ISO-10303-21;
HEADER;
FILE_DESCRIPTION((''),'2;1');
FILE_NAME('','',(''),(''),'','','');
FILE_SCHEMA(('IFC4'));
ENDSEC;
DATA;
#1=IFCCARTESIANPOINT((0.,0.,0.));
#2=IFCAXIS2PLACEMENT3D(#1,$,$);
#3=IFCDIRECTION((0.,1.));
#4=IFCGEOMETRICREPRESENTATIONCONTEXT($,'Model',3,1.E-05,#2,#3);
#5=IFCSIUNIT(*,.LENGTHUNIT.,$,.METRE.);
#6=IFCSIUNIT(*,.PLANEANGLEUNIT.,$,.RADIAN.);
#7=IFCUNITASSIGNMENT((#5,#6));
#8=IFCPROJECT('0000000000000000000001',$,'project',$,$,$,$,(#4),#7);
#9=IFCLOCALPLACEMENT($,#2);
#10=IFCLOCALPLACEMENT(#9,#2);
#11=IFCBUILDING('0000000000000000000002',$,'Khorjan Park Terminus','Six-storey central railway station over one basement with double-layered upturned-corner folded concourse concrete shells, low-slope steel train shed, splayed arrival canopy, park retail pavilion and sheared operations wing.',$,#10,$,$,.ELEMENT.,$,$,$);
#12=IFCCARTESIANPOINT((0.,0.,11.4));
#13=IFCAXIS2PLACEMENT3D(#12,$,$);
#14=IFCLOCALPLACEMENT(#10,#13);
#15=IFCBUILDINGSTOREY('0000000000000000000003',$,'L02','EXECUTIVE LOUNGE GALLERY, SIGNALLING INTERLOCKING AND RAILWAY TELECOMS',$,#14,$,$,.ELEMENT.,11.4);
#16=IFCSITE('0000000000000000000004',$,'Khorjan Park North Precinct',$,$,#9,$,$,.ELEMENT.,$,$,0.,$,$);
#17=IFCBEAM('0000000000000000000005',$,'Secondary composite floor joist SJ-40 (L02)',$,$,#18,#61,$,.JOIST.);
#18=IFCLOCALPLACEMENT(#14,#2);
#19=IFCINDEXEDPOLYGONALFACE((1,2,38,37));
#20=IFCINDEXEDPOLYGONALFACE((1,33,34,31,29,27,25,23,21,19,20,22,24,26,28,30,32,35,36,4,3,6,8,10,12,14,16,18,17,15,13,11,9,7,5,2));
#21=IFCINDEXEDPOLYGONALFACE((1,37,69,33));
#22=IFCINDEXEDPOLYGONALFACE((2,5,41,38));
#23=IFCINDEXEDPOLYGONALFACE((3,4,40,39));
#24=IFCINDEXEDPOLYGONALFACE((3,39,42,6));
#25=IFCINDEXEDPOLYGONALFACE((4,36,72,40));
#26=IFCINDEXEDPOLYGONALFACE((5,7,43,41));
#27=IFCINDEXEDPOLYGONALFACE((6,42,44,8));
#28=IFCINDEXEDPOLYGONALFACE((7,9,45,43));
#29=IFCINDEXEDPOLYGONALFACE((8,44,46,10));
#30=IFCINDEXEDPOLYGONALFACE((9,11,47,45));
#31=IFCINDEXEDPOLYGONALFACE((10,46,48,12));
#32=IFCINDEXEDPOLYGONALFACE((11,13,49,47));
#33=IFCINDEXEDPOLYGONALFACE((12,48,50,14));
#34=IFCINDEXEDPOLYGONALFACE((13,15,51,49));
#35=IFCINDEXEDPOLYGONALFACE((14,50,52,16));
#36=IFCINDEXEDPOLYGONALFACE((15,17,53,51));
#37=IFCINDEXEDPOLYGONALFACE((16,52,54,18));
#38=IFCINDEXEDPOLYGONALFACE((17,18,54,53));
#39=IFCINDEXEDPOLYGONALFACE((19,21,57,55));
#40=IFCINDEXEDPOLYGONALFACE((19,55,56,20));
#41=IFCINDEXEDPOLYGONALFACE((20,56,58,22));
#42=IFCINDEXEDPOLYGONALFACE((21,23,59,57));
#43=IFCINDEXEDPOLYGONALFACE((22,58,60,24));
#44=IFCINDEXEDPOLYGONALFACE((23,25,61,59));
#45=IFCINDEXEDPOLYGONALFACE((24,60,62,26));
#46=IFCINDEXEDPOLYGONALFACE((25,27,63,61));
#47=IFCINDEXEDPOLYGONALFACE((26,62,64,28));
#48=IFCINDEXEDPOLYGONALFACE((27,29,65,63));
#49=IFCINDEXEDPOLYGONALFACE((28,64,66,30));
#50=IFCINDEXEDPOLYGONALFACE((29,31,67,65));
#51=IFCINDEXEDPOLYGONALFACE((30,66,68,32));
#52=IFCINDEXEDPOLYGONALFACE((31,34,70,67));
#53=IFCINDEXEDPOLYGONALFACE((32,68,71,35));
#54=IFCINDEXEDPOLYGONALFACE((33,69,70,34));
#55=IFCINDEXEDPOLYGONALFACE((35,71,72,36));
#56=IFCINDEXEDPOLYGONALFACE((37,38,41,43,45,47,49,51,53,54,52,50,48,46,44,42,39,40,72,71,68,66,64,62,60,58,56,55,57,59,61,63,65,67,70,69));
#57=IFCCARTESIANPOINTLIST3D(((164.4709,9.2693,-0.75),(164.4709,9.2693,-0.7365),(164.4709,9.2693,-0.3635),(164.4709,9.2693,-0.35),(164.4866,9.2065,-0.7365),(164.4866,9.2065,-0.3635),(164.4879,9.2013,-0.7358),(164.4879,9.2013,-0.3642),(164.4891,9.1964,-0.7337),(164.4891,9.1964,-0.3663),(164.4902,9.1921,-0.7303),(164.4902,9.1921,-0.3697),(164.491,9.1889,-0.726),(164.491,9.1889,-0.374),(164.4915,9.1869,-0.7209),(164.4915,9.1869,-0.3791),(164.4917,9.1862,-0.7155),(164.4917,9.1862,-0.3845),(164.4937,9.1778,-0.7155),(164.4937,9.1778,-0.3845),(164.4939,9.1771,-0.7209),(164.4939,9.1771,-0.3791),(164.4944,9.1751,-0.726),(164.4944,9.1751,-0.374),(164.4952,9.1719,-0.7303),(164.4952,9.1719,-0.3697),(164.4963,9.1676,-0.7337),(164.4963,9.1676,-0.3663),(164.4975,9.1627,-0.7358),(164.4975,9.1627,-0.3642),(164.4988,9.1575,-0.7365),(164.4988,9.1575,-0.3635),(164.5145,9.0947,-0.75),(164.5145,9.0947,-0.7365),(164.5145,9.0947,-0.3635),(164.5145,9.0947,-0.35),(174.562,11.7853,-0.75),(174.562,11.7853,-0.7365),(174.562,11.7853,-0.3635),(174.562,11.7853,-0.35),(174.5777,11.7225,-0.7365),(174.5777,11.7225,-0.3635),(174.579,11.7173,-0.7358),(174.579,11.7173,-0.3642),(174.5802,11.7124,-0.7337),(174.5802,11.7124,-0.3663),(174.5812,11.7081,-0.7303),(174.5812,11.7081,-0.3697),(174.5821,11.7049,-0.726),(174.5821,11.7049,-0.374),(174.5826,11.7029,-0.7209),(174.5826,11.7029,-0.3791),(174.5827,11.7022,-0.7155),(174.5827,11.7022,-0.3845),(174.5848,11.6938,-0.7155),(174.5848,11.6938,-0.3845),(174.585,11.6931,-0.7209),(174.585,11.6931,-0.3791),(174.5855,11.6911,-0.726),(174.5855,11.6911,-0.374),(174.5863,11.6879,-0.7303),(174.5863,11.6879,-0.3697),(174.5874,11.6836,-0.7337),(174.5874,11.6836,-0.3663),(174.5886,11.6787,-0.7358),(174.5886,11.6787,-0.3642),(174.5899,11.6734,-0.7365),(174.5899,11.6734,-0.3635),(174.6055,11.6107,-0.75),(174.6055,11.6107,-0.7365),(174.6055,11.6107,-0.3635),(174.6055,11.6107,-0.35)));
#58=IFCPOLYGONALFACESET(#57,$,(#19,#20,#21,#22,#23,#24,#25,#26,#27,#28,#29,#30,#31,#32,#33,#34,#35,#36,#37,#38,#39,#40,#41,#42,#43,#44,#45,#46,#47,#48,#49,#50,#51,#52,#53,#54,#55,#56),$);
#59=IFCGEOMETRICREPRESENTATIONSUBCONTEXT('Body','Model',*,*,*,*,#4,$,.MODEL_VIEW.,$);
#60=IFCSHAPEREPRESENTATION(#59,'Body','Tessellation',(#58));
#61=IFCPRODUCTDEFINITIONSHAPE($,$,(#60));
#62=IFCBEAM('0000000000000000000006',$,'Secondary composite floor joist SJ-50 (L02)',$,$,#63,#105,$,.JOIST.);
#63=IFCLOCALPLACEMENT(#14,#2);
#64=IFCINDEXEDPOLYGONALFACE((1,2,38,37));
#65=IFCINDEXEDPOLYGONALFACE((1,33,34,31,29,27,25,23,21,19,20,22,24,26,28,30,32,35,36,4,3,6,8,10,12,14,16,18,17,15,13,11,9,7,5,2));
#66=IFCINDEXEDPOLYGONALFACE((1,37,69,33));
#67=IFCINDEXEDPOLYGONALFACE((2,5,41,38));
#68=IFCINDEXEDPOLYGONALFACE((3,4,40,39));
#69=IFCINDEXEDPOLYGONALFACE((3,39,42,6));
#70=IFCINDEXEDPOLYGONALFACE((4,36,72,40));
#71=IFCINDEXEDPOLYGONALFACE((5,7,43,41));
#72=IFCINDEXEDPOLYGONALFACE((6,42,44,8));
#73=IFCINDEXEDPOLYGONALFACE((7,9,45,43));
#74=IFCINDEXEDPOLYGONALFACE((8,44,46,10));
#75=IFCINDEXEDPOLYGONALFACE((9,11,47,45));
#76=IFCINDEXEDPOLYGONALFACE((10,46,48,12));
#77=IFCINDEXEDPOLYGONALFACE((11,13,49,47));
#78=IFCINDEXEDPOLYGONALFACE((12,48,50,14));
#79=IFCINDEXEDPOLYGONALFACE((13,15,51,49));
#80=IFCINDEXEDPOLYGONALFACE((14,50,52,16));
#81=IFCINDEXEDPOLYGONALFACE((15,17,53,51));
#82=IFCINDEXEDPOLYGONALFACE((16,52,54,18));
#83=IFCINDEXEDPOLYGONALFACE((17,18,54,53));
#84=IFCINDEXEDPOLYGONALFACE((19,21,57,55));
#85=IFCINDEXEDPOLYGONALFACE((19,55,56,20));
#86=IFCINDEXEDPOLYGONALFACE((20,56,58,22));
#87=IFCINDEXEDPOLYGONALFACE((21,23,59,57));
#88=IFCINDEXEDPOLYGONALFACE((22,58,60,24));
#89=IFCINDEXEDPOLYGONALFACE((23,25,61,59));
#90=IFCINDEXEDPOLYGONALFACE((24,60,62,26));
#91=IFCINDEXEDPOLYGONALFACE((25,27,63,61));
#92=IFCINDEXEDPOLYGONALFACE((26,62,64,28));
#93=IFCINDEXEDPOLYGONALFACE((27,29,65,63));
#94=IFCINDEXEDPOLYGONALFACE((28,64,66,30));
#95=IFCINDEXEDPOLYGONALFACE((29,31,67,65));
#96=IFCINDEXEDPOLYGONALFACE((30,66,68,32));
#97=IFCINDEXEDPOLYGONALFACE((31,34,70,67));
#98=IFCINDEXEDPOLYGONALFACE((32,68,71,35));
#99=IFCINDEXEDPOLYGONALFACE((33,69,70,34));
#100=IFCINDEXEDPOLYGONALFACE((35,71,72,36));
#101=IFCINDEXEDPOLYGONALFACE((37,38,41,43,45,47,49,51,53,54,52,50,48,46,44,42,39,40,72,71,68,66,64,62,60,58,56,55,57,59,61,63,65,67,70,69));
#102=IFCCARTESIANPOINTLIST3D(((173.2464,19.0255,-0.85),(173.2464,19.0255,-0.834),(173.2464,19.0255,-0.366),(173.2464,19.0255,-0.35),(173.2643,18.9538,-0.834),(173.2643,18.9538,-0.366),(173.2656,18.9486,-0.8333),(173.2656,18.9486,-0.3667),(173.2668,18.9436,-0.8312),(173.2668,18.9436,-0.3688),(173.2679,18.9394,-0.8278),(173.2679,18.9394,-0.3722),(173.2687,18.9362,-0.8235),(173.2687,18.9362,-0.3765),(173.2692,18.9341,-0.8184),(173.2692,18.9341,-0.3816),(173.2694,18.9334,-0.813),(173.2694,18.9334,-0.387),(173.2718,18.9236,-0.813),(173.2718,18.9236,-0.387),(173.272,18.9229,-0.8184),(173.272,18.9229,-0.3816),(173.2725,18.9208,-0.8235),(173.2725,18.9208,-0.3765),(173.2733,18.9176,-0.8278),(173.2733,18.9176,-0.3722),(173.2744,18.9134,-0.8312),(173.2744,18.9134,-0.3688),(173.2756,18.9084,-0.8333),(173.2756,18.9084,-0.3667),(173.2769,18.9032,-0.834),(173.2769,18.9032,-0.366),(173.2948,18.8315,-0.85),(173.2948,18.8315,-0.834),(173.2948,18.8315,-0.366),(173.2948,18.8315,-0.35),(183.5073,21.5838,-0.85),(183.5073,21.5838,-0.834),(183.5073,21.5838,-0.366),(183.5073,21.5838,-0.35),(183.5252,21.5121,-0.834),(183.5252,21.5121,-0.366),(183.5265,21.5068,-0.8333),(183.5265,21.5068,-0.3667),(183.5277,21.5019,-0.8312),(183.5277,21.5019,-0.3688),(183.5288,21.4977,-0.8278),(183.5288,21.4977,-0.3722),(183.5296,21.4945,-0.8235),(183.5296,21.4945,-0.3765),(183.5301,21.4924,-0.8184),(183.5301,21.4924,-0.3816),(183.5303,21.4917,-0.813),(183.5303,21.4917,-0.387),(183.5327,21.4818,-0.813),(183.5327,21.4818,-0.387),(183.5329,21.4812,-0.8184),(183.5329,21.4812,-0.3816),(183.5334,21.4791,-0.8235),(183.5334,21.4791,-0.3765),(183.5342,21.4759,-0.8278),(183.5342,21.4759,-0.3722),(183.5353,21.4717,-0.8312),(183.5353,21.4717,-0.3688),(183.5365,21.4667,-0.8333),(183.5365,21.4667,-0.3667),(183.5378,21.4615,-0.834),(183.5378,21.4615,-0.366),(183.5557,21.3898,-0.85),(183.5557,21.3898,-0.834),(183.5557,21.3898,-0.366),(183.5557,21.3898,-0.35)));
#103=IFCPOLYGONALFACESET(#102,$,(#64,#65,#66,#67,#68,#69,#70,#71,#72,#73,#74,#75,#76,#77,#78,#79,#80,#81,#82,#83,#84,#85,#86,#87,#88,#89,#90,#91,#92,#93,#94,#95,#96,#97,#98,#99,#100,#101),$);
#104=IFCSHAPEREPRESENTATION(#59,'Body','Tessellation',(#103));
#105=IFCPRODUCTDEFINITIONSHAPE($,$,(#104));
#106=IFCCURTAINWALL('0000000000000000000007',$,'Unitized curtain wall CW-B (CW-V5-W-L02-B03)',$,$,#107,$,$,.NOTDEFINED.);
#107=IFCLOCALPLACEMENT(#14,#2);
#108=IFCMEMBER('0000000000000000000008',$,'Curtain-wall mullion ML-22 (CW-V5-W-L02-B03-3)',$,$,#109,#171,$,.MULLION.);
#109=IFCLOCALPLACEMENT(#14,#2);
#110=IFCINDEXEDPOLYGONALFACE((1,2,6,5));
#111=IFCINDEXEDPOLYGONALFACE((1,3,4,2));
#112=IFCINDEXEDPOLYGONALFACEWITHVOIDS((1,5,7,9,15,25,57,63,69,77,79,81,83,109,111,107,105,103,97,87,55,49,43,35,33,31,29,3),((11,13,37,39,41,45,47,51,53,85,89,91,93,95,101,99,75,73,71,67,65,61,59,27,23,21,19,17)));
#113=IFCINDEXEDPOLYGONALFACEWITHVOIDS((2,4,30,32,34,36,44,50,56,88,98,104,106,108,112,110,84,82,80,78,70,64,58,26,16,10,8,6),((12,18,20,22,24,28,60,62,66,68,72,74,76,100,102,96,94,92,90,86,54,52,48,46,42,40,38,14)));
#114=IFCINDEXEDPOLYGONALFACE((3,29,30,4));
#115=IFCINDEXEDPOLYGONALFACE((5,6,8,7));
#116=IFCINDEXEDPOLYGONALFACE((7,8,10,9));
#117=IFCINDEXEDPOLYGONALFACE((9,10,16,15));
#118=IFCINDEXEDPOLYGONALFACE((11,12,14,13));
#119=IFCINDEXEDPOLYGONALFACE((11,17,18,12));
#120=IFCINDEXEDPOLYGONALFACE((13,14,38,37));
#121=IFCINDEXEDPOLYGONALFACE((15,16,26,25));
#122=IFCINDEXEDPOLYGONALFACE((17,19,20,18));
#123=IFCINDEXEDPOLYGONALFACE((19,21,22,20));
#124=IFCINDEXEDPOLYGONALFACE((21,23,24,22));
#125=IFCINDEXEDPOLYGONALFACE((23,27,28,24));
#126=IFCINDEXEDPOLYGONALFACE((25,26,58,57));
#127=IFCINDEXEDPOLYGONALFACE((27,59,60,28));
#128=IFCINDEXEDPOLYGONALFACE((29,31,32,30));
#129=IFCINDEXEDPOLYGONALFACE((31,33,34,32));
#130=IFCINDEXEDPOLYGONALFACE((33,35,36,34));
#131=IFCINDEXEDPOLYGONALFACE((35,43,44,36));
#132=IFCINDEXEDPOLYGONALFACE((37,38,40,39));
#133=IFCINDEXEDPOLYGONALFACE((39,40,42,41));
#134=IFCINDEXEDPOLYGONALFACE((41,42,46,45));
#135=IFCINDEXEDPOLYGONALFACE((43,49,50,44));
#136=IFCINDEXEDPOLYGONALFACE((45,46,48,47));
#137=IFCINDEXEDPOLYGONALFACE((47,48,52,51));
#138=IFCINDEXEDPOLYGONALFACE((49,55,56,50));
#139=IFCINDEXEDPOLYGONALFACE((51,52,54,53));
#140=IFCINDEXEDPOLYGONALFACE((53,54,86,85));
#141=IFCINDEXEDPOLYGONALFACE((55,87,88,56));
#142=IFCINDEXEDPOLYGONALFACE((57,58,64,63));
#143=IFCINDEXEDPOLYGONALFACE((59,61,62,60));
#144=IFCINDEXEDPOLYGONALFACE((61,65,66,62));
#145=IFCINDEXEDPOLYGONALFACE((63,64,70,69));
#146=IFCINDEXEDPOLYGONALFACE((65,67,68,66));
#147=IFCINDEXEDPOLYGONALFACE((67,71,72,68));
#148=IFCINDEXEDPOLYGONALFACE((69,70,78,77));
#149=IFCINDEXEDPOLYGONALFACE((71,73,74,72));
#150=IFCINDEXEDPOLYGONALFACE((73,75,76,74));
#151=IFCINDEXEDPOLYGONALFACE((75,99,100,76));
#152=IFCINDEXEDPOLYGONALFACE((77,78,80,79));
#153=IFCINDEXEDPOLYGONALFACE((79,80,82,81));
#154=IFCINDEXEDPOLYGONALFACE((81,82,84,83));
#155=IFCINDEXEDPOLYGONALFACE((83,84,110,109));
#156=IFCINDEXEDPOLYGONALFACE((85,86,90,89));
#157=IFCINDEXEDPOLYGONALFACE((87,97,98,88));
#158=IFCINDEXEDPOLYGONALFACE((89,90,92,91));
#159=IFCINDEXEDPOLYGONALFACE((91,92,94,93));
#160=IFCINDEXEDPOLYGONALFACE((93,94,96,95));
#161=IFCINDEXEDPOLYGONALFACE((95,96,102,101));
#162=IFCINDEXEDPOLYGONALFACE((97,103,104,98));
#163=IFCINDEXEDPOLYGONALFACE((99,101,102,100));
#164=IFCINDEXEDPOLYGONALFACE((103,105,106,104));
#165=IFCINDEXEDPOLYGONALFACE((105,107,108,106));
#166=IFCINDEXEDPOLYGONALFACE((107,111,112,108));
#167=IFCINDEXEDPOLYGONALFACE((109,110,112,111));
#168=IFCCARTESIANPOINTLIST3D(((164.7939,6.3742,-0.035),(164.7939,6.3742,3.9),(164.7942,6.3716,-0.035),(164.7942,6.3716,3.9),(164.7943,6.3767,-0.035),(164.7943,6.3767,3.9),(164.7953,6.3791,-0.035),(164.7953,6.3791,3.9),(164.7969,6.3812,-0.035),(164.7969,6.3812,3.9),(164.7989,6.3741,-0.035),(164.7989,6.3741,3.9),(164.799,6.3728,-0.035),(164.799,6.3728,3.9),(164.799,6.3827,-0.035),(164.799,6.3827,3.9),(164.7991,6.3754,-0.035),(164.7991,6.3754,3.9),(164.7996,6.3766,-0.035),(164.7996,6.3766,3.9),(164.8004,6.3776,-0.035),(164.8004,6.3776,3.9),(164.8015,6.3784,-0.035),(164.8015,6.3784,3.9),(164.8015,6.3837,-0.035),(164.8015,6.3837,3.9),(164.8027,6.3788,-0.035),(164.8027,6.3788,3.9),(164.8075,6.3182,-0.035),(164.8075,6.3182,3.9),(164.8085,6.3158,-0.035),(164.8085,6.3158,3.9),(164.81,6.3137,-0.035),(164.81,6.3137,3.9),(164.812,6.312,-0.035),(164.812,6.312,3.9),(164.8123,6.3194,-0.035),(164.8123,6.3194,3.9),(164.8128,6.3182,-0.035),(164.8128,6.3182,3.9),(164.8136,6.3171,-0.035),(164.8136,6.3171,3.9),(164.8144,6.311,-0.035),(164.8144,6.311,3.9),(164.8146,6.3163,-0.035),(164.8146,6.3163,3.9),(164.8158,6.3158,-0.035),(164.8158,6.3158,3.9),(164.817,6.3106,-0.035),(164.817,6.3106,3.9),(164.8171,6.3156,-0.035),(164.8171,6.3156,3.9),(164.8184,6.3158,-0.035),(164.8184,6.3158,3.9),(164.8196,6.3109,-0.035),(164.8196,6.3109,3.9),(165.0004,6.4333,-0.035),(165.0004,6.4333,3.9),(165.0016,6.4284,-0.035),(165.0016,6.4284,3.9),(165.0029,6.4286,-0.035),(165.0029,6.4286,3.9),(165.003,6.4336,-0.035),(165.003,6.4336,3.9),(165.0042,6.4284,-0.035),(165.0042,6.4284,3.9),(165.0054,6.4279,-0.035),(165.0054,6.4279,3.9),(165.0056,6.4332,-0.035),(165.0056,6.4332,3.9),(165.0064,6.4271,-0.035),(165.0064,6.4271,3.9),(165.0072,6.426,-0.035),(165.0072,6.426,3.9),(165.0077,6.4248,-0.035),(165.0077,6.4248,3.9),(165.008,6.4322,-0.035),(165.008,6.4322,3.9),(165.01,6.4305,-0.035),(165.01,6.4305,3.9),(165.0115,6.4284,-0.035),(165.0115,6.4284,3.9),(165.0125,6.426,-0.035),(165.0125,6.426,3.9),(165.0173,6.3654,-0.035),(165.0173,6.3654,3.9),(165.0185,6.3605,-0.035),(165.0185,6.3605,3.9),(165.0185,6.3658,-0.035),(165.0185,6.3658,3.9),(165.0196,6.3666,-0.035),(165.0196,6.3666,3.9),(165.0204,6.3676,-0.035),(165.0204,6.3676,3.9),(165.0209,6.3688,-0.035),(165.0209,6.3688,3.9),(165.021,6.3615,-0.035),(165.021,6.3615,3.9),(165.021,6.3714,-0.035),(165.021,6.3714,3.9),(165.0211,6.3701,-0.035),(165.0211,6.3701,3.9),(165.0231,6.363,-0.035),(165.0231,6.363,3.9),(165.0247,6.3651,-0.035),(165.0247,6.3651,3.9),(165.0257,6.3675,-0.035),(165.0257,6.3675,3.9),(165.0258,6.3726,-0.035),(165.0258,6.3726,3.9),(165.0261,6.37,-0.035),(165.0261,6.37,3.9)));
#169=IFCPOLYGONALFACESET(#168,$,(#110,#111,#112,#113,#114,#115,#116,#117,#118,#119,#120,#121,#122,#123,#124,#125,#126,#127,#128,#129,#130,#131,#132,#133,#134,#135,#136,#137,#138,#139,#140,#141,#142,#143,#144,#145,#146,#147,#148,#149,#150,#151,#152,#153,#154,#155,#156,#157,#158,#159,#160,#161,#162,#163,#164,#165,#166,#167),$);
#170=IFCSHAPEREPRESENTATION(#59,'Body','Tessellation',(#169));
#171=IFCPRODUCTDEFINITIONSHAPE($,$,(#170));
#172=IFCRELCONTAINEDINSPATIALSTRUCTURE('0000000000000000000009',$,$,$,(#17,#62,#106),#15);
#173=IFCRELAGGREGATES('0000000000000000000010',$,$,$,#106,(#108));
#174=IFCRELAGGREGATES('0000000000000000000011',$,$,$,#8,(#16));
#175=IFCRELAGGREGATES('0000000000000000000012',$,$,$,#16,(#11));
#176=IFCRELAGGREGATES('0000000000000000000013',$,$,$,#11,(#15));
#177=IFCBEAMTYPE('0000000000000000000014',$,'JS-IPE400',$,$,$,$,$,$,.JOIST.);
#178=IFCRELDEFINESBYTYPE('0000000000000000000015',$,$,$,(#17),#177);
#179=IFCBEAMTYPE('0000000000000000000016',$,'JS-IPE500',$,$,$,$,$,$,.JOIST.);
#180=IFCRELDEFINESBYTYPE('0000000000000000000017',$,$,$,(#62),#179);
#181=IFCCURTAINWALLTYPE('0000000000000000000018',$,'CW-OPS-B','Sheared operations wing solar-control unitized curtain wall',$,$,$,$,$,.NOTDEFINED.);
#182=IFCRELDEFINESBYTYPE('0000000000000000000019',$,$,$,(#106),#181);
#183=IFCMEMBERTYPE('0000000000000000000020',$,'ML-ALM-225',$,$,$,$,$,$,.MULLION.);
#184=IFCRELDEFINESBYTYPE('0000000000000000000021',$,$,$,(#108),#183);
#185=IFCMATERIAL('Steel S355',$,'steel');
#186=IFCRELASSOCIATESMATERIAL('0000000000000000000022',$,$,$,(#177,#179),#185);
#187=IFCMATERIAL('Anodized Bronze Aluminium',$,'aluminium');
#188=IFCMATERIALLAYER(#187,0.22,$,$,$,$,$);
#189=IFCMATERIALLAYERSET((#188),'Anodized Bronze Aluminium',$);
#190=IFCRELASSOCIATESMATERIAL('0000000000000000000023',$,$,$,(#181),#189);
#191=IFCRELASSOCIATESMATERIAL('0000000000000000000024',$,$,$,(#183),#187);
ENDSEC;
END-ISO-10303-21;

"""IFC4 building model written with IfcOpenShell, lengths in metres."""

from ifc_helpers import new_model, si_unit, direction, frame, origin, origin_2d, place, context, subcontext, project, spatial, hollow_rectangle, i_section, extrude, material, layer, layer_set, material_profile, profile_set, type_object, element, aggregate, save


model = new_model("IFC4")

# Units and contexts
model_context = context("Model", 3, precision=1e-05, world=origin(), true_north=direction((0.0, 1.0)))
body_context = subcontext(model_context, "Body", "Model", "MODEL_VIEW")
ifc_project = project(units=[si_unit("LENGTHUNIT", "METRE"), si_unit("PLANEANGLEUNIT", "RADIAN")], contexts=[model_context])

# Site, building, storey
site_placement = place(None, origin())
site = spatial("IfcSite", under=ifc_project, at=site_placement, Name="Khorjan Park North Precinct", CompositionType="ELEMENT", RefElevation=0.0)
building_placement = place(site_placement, origin())
building = spatial("IfcBuilding", under=site, at=building_placement, Name="Khorjan Park Terminus", Description="Six-storey central railway station over one basement with double-layered upturned-corner folded concourse concrete shells, low-slope steel train shed, splayed arrival canopy, park retail pavilion and sheared operations wing.", CompositionType="ELEMENT")
storey_placement = place(building_placement, frame((0.0, 0.0, 11.4)))
storey = spatial("IfcBuildingStorey", under=building, at=storey_placement, Name="L02", Description="EXECUTIVE LOUNGE GALLERY, SIGNALLING INTERLOCKING AND RAILWAY TELECOMS", CompositionType="ELEMENT", Elevation=11.4)

# Beams
ifc_material_1 = material(Name="Steel S355", Category="steel")
ifc_material_profile_1 = material_profile(ifc_material_1, i_section(OverallWidth=0.18, OverallDepth=0.4, WebThickness=0.0086, FlangeThickness=0.0135, FilletRadius=0.021, at=origin_2d()), Name="IPE 400")
ifc_profile_set_1 = profile_set([ifc_material_profile_1], Name="Steel S355")
beam_type_1 = type_object("IfcBeamType", Name="JS-IPE400", PredefinedType="JOIST", material=ifc_profile_set_1)
beam_1_placement = place(storey_placement, frame((164.4927, 9.182, -0.55), z_axis=(0.970296, 0.241922, 0.0), x_axis=(-0.241922, 0.970296, 0.0)))
element("IfcBeam", 1, at=beam_1_placement, inside=storey, type_object=beam_type_1, Name="Secondary composite floor joist SJ-40 (L02)", PredefinedType="JOIST", context=body_context, shape_type="SweptSolid", body=[
    extrude(i_section(OverallWidth=0.18, OverallDepth=0.4, WebThickness=0.0086, FlangeThickness=0.0135, FilletRadius=0.021, at=origin_2d()), origin(), (0.0, 0.0, 1.0), 10.4),
])
ifc_material_profile_2 = material_profile(ifc_material_1, i_section(OverallWidth=0.2, OverallDepth=0.5, WebThickness=0.0102, FlangeThickness=0.016, FilletRadius=0.021, at=origin_2d()), Name="IPE 500")
ifc_profile_set_2 = profile_set([ifc_material_profile_2], Name="Steel S355")
beam_type_2 = type_object("IfcBeamType", Name="JS-IPE500", PredefinedType="JOIST", material=ifc_profile_set_2)
beam_2_placement = place(storey_placement, frame((173.2706, 18.9285, -0.6), z_axis=(0.970296, 0.241919, 0.0), x_axis=(-0.241919, 0.970296, 0.0)))
element("IfcBeam", 2, at=beam_2_placement, inside=storey, type_object=beam_type_2, Name="Secondary composite floor joist SJ-50 (L02)", PredefinedType="JOIST", context=body_context, shape_type="SweptSolid", body=[
    extrude(i_section(OverallWidth=0.2, OverallDepth=0.5, WebThickness=0.0102, FlangeThickness=0.016, FilletRadius=0.021, at=origin_2d()), origin(), (0.0, 0.0, 1.0), 10.575),
])

# Curtain wall, member
ifc_material_2 = material(Name="Anodized Bronze Aluminium", Category="aluminium")
ifc_layer_1 = layer(ifc_material_2, 0.22)
ifc_layer_set_1 = layer_set([ifc_layer_1], Name="Anodized Bronze Aluminium")
curtain_wall_type = type_object("IfcCurtainWallType", Name="CW-OPS-B", Description="Sheared operations wing solar-control unitized curtain wall", PredefinedType="NOTDEFINED", material=ifc_layer_set_1)
curtain_wall_placement = place(storey_placement, origin())
curtain_wall = element("IfcCurtainWall", 3, at=curtain_wall_placement, inside=storey, type_object=curtain_wall_type, Name="Unitized curtain wall CW-B (CW-V5-W-L02-B03)", PredefinedType="NOTDEFINED")
ifc_material_profile_3 = material_profile(ifc_material_2, hollow_rectangle(XDim=0.075, YDim=0.225, WallThickness=0.005, InnerFilletRadius=0.005, OuterFilletRadius=0.01, at=origin_2d()), Name="ALM 75x225x5")
ifc_profile_set_3 = profile_set([ifc_material_profile_3], Name="Anodized Bronze Aluminium")
member_type_1 = type_object("IfcMemberType", Name="ML-ALM-225", PredefinedType="MULLION", material=ifc_profile_set_3)
member_1_placement = place(storey_placement, frame((164.91, 6.3721, -0.035), z_axis=(0.0, 0.0, 1.0), x_axis=(0.24192, -0.970296, 0.0)))
member_1 = element("IfcMember", 4, at=member_1_placement, type_object=member_type_1, Name="Curtain-wall mullion ML-22 (CW-V5-W-L02-B03-3)", PredefinedType="MULLION", context=body_context, shape_type="SweptSolid", body=[
    extrude(hollow_rectangle(XDim=0.075, YDim=0.225, WallThickness=0.005, InnerFilletRadius=0.005, OuterFilletRadius=0.01, at=origin_2d()), origin(), (0.0, 0.0, 1.0), 3.935),
])
aggregate(curtain_wall, [member_1])

save(model, "model.ifc")
